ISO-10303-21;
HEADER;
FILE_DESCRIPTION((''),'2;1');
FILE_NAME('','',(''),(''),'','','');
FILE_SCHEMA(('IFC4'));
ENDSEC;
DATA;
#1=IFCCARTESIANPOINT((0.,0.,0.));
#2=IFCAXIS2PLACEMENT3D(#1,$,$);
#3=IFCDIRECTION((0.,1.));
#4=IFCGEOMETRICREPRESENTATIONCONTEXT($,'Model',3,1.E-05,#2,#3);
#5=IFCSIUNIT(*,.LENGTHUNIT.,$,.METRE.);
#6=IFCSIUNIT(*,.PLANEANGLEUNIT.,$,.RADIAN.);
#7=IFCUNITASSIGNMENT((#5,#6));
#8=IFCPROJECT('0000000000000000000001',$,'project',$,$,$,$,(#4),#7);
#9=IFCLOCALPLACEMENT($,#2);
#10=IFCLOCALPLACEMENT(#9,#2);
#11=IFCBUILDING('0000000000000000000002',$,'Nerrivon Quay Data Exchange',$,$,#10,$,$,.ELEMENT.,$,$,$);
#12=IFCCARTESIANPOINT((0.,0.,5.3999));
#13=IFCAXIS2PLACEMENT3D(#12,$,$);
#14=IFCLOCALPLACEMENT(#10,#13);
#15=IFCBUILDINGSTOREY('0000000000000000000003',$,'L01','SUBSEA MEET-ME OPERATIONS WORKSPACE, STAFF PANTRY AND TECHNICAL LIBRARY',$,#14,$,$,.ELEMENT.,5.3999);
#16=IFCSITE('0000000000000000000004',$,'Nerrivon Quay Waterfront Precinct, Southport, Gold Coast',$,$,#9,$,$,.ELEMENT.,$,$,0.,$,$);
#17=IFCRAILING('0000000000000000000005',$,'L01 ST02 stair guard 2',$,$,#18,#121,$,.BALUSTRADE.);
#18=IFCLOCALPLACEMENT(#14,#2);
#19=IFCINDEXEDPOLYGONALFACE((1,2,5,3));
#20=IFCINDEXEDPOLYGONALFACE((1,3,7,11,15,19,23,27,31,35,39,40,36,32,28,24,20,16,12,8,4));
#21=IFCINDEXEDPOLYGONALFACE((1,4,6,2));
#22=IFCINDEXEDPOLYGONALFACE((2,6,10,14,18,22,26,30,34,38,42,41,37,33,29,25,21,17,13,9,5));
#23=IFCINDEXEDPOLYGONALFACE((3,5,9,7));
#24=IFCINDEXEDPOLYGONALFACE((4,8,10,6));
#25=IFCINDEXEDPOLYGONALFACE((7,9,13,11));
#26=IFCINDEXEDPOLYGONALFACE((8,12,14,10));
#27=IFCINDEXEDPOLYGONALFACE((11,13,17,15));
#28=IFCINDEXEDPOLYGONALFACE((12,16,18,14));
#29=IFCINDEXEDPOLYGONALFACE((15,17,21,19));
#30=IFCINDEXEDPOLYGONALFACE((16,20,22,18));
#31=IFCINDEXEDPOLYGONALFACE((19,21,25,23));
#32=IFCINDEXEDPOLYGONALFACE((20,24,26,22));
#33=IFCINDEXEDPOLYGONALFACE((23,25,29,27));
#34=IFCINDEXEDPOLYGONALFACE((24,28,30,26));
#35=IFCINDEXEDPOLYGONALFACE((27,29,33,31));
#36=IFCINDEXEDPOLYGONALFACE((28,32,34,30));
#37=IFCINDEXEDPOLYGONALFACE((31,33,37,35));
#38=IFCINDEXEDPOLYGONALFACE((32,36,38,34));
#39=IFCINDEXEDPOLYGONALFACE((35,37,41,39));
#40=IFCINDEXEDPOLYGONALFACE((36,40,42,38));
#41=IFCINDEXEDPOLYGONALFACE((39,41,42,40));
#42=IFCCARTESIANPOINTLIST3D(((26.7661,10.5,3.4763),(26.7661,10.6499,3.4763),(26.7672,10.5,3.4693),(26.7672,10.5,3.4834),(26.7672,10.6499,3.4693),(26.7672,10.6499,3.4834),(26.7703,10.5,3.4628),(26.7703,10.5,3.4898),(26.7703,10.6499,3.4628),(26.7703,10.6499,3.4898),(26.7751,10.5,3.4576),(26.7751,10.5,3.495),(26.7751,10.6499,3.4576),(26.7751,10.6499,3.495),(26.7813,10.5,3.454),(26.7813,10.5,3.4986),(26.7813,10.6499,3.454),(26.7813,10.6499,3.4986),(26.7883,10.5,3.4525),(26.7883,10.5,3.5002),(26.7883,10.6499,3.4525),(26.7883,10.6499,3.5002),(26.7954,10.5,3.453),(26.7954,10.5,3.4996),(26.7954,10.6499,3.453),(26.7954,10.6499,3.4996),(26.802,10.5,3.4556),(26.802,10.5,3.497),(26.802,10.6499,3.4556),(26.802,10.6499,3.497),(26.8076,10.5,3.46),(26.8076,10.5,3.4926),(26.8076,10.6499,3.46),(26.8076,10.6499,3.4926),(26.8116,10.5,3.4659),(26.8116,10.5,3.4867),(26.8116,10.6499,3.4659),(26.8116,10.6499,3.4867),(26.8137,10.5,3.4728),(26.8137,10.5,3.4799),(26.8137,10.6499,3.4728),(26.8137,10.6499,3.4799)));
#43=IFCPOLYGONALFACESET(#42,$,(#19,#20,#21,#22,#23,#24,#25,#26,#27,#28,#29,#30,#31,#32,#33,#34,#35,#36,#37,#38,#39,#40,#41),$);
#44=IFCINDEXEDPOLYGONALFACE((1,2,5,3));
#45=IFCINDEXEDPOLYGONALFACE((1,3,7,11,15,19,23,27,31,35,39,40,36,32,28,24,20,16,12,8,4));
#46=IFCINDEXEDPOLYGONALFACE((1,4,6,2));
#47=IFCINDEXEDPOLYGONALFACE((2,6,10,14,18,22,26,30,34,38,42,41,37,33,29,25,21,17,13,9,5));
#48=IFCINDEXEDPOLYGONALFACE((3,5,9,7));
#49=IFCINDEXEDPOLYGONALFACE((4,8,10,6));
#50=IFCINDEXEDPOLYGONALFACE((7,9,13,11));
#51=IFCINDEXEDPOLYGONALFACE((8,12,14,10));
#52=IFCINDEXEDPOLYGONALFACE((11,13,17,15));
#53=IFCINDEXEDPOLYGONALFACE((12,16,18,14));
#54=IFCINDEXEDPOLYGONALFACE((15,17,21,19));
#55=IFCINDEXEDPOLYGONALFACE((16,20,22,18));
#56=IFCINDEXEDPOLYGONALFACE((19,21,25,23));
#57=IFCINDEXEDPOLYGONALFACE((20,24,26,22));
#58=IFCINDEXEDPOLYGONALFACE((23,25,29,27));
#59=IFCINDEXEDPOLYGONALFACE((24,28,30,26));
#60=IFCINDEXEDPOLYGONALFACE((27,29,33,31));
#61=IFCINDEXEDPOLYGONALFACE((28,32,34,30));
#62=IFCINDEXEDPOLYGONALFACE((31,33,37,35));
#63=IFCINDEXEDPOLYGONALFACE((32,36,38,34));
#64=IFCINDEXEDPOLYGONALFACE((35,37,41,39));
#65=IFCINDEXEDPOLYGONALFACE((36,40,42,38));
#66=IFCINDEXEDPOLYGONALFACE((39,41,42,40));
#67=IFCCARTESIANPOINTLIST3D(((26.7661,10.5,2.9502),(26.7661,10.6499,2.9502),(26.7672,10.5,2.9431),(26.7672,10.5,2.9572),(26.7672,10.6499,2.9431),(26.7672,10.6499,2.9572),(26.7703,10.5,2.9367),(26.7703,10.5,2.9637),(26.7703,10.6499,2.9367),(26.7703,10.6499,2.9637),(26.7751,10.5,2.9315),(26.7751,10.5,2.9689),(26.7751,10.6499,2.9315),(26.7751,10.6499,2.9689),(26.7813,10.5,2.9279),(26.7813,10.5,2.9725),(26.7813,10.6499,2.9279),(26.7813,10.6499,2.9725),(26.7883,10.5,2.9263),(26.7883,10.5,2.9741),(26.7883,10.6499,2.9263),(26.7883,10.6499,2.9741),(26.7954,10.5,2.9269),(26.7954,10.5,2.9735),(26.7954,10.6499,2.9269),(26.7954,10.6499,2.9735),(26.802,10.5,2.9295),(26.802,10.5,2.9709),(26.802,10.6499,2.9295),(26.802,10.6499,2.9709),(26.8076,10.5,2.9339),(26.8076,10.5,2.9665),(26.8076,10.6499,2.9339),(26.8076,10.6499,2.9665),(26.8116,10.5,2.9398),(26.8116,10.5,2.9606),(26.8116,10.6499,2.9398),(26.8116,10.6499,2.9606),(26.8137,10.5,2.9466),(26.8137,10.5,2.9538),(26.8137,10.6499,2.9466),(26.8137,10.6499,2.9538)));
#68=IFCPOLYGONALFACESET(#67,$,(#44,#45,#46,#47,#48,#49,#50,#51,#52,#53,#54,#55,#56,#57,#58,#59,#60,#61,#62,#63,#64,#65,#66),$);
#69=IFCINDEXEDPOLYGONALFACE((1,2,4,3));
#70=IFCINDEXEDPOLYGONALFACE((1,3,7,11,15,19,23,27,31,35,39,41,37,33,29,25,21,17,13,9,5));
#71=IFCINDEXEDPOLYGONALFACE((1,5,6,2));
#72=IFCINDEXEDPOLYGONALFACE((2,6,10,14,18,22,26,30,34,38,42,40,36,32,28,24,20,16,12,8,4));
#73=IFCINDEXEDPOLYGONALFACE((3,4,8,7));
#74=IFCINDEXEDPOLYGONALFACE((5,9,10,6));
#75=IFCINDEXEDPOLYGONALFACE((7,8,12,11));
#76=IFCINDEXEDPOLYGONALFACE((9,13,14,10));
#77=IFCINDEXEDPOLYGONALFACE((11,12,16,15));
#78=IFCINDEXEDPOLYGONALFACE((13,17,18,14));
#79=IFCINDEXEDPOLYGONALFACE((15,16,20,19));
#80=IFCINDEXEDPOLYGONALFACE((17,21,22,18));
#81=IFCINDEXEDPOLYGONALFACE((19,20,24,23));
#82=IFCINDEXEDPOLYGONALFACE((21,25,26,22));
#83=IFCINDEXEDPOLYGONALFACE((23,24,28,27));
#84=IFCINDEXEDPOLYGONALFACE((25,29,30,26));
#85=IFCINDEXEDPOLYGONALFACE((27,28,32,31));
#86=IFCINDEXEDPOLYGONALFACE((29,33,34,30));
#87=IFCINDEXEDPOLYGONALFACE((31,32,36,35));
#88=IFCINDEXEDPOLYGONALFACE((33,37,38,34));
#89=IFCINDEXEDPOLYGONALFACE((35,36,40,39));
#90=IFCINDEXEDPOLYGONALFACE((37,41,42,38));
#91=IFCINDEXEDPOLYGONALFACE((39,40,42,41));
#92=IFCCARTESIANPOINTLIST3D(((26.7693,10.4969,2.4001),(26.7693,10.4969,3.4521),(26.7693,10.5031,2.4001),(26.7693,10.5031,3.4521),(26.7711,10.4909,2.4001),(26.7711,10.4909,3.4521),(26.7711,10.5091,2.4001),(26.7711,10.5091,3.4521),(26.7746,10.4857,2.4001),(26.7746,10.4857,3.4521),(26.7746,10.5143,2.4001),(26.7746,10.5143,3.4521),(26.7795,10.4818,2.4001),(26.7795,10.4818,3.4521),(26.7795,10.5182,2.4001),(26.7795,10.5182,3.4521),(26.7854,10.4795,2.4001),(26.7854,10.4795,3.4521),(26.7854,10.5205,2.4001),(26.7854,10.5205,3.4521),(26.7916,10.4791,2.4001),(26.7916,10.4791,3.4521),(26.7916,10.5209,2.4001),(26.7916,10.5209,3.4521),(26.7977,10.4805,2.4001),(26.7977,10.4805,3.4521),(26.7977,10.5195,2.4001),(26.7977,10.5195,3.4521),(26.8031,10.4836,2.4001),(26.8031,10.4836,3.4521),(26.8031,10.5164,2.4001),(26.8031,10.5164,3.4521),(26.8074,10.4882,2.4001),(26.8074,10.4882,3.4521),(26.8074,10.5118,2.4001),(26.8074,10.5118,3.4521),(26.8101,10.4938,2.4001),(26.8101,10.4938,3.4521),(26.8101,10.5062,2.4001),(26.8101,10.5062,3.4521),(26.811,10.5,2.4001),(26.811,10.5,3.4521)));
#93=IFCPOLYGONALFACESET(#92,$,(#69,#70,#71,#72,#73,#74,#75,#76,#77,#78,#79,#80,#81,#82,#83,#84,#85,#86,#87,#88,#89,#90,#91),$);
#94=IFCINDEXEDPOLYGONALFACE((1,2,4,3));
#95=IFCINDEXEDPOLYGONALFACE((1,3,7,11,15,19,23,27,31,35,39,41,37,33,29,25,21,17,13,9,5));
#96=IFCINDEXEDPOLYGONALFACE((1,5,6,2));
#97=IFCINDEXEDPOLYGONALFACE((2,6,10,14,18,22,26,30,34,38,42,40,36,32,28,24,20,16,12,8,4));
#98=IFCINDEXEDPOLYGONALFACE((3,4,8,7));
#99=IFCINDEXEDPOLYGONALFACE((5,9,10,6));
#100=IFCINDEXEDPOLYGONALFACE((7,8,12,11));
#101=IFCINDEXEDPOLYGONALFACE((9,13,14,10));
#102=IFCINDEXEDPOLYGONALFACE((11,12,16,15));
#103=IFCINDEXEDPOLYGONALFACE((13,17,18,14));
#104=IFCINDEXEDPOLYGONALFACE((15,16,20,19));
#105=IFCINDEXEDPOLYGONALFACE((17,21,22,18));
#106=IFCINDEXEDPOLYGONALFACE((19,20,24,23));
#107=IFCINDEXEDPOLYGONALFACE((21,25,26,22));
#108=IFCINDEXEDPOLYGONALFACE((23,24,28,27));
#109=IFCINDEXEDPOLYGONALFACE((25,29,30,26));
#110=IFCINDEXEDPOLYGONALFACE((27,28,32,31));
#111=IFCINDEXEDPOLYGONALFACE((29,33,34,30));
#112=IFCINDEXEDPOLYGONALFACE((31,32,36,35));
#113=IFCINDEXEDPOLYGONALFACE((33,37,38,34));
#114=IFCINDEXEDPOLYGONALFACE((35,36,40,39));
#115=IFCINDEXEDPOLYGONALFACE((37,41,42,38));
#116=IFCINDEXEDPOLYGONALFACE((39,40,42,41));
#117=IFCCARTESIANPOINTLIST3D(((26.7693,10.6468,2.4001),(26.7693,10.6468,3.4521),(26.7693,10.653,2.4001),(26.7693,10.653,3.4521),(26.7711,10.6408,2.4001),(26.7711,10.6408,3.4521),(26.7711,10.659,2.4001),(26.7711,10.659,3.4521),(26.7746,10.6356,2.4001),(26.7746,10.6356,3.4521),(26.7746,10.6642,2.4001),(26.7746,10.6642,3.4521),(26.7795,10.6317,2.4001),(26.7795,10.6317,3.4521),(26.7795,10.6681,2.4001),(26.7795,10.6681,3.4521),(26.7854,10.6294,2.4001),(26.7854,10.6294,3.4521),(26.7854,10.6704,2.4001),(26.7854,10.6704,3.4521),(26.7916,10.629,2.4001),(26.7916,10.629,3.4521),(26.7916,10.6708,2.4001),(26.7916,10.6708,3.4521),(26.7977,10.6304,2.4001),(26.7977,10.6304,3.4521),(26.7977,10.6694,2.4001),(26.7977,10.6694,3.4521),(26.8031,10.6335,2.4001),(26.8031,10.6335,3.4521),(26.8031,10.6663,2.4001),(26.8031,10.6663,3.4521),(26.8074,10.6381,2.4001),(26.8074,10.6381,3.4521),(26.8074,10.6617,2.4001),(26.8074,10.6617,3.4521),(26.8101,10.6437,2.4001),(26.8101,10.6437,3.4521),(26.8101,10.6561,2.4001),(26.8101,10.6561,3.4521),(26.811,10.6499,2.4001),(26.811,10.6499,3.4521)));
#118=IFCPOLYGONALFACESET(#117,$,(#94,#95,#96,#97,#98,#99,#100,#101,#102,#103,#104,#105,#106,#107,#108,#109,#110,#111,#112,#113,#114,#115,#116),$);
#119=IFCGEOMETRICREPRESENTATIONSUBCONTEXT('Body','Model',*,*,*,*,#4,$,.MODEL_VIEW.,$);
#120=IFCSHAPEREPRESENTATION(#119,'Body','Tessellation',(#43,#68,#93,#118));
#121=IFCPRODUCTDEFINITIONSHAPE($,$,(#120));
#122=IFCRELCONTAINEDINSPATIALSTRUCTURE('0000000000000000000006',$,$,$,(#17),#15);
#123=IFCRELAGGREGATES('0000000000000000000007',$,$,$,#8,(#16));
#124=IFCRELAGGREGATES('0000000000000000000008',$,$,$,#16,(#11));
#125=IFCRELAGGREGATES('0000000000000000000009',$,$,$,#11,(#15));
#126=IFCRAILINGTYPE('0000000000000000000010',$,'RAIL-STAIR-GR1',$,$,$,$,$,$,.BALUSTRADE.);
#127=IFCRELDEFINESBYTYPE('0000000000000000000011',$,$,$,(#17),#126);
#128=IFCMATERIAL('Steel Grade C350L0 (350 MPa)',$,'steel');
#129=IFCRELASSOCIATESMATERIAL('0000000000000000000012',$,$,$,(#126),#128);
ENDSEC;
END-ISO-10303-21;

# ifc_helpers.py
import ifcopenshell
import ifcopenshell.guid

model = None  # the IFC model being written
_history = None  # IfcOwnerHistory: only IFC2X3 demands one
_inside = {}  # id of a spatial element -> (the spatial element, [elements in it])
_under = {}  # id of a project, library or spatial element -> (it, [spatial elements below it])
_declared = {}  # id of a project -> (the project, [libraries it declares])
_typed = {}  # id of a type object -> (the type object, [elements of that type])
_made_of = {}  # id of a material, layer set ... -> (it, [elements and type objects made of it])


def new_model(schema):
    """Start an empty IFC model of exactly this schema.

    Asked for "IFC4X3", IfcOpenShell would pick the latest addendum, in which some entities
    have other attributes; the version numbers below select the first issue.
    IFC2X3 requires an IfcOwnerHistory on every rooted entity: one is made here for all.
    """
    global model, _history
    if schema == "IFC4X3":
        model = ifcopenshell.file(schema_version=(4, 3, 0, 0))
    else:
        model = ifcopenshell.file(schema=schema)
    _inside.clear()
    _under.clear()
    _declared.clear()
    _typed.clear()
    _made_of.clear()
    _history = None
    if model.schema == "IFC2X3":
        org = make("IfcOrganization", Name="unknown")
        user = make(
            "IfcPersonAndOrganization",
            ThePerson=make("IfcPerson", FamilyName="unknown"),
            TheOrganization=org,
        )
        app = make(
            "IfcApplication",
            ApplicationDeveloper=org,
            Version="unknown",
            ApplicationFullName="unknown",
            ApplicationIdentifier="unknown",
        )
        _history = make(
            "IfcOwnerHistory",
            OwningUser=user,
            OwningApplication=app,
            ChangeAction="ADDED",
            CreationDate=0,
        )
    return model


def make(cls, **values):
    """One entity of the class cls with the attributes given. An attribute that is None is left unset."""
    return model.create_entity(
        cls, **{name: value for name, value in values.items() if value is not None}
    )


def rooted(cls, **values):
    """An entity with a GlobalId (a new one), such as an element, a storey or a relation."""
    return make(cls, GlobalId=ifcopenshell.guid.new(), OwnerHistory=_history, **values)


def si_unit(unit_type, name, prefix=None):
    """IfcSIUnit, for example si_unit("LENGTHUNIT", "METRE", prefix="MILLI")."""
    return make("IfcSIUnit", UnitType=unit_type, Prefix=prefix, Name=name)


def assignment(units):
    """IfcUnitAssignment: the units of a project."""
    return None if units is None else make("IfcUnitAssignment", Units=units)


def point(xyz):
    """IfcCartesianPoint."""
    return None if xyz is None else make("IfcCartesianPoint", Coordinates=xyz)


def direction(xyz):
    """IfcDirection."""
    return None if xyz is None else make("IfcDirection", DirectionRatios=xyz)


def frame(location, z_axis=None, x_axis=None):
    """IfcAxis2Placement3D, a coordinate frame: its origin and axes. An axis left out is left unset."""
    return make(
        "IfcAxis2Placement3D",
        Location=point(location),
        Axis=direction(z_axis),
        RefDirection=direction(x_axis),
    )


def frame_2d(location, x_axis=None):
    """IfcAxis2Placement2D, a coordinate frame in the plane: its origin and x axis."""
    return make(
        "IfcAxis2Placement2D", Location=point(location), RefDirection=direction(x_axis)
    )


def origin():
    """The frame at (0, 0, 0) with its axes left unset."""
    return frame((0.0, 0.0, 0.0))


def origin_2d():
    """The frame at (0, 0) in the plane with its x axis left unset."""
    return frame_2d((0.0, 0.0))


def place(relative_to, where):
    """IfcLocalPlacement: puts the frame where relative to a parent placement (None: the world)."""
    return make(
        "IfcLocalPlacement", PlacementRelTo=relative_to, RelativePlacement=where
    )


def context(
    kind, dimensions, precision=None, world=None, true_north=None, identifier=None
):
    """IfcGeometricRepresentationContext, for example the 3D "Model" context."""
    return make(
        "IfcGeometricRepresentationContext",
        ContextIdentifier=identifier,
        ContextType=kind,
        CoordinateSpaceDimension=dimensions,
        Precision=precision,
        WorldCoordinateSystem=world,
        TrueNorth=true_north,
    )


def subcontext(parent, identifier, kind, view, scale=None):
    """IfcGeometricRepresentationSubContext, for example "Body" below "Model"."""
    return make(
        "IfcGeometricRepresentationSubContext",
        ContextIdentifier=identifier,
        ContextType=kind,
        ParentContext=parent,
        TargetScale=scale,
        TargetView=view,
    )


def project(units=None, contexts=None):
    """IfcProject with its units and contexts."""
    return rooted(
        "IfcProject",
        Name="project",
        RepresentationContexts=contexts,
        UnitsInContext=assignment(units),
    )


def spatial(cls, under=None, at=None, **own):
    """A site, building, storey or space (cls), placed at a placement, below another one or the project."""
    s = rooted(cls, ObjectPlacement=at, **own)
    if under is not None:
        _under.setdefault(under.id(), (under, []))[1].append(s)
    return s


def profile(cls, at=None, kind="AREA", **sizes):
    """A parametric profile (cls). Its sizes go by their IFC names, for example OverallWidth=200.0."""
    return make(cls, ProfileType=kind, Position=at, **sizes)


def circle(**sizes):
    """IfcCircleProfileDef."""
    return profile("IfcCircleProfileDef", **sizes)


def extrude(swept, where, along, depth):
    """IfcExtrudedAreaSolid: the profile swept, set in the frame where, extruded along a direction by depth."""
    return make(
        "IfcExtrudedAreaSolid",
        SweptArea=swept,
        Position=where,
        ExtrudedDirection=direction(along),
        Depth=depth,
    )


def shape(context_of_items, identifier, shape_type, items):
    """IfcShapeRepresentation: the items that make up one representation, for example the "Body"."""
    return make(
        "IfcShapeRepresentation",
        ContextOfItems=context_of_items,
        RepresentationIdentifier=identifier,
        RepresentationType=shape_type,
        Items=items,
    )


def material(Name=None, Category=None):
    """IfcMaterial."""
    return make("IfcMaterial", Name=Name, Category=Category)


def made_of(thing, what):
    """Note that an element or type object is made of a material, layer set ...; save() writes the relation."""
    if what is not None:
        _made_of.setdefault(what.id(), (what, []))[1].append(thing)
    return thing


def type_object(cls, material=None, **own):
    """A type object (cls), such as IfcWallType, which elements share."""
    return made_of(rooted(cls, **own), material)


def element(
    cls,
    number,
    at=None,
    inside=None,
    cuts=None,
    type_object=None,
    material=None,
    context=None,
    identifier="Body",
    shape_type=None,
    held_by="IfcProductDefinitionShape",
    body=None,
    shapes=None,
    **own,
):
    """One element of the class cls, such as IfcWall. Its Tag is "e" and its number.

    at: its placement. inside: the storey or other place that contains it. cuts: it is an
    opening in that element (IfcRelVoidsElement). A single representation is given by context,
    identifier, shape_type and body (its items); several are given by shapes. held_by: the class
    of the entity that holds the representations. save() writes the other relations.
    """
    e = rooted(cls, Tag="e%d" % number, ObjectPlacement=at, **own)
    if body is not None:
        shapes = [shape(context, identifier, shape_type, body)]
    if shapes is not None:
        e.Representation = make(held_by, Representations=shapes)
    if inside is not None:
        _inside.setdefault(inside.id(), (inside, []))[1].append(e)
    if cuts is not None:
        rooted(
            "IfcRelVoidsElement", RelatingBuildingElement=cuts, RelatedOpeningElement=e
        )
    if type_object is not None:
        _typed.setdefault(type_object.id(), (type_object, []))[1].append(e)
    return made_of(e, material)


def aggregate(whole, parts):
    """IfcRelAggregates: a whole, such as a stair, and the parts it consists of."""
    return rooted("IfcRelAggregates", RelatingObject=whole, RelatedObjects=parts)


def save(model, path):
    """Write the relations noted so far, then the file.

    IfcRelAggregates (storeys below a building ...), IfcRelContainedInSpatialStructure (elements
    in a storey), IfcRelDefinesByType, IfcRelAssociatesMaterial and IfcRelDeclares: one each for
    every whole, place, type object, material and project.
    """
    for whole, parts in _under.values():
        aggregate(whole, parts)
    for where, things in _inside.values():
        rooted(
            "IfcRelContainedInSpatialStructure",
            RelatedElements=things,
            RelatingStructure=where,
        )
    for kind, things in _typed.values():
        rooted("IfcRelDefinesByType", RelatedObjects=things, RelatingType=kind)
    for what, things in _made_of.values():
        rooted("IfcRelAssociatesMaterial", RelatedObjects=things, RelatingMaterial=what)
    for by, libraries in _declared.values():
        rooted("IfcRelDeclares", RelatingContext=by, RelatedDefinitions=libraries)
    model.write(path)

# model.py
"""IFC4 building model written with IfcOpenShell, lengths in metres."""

from ifc_helpers import new_model, si_unit, direction, frame, origin, origin_2d, place, context, subcontext, project, spatial, circle, extrude, material, type_object, element, save


model = new_model("IFC4")

# Units and contexts
model_context = context("Model", 3, precision=1e-05, world=origin(), true_north=direction((0.0, 1.0)))
body_context = subcontext(model_context, "Body", "Model", "MODEL_VIEW")
ifc_project = project(units=[si_unit("LENGTHUNIT", "METRE"), si_unit("PLANEANGLEUNIT", "RADIAN")], contexts=[model_context])

# Site, building, storey
site_placement = place(None, origin())
site = spatial("IfcSite", under=ifc_project, at=site_placement, Name="Nerrivon Quay Waterfront Precinct, Southport, Gold Coast", CompositionType="ELEMENT", RefElevation=0.0)
building_placement = place(site_placement, origin())
building = spatial("IfcBuilding", under=site, at=building_placement, Name="Nerrivon Quay Data Exchange", CompositionType="ELEMENT")
storey_placement = place(building_placement, frame((0.0, 0.0, 5.3999)))
storey = spatial("IfcBuildingStorey", under=building, at=storey_placement, Name="L01", Description="SUBSEA MEET-ME OPERATIONS WORKSPACE, STAFF PANTRY AND TECHNICAL LIBRARY", CompositionType="ELEMENT", Elevation=5.3999)

# Railing
ifc_material_1 = material(Name="Steel Grade C350L0 (350 MPa)", Category="steel")
railing_type_1 = type_object("IfcRailingType", Name="RAIL-STAIR-GR1", PredefinedType="BALUSTRADE", material=ifc_material_1)
railing_1_placement = place(storey_placement, frame((26.79, 10.5, 2.4001)))
element("IfcRailing", 1, at=railing_1_placement, inside=storey, type_object=railing_type_1, Name="L01 ST02 stair guard 2", PredefinedType="BALUSTRADE", context=body_context, shape_type="SweptSolid", body=[
    extrude(circle(Radius=0.0239, at=origin_2d()), frame((0.0, 0.0, 1.0762), z_axis=(0.0, 1.0, 0.0), x_axis=(-1.0, 0.0, 0.0)), (0.0, 0.0, 1.0), 0.1499),
    extrude(circle(Radius=0.0239, at=origin_2d()), frame((0.0, 0.0, 0.55), z_axis=(0.0, 1.0, 0.0), x_axis=(-1.0, 0.0, 0.0)), (0.0, 0.0, 1.0), 0.1499),
    extrude(circle(Radius=0.021, at=origin_2d()), origin(), (0.0, 0.0, 1.0), 1.052),
    extrude(circle(Radius=0.021, at=origin_2d()), frame((0.0, 0.1499, 0.0)), (0.0, 0.0, 1.0), 1.052),
])

save(model, "model.ifc")
